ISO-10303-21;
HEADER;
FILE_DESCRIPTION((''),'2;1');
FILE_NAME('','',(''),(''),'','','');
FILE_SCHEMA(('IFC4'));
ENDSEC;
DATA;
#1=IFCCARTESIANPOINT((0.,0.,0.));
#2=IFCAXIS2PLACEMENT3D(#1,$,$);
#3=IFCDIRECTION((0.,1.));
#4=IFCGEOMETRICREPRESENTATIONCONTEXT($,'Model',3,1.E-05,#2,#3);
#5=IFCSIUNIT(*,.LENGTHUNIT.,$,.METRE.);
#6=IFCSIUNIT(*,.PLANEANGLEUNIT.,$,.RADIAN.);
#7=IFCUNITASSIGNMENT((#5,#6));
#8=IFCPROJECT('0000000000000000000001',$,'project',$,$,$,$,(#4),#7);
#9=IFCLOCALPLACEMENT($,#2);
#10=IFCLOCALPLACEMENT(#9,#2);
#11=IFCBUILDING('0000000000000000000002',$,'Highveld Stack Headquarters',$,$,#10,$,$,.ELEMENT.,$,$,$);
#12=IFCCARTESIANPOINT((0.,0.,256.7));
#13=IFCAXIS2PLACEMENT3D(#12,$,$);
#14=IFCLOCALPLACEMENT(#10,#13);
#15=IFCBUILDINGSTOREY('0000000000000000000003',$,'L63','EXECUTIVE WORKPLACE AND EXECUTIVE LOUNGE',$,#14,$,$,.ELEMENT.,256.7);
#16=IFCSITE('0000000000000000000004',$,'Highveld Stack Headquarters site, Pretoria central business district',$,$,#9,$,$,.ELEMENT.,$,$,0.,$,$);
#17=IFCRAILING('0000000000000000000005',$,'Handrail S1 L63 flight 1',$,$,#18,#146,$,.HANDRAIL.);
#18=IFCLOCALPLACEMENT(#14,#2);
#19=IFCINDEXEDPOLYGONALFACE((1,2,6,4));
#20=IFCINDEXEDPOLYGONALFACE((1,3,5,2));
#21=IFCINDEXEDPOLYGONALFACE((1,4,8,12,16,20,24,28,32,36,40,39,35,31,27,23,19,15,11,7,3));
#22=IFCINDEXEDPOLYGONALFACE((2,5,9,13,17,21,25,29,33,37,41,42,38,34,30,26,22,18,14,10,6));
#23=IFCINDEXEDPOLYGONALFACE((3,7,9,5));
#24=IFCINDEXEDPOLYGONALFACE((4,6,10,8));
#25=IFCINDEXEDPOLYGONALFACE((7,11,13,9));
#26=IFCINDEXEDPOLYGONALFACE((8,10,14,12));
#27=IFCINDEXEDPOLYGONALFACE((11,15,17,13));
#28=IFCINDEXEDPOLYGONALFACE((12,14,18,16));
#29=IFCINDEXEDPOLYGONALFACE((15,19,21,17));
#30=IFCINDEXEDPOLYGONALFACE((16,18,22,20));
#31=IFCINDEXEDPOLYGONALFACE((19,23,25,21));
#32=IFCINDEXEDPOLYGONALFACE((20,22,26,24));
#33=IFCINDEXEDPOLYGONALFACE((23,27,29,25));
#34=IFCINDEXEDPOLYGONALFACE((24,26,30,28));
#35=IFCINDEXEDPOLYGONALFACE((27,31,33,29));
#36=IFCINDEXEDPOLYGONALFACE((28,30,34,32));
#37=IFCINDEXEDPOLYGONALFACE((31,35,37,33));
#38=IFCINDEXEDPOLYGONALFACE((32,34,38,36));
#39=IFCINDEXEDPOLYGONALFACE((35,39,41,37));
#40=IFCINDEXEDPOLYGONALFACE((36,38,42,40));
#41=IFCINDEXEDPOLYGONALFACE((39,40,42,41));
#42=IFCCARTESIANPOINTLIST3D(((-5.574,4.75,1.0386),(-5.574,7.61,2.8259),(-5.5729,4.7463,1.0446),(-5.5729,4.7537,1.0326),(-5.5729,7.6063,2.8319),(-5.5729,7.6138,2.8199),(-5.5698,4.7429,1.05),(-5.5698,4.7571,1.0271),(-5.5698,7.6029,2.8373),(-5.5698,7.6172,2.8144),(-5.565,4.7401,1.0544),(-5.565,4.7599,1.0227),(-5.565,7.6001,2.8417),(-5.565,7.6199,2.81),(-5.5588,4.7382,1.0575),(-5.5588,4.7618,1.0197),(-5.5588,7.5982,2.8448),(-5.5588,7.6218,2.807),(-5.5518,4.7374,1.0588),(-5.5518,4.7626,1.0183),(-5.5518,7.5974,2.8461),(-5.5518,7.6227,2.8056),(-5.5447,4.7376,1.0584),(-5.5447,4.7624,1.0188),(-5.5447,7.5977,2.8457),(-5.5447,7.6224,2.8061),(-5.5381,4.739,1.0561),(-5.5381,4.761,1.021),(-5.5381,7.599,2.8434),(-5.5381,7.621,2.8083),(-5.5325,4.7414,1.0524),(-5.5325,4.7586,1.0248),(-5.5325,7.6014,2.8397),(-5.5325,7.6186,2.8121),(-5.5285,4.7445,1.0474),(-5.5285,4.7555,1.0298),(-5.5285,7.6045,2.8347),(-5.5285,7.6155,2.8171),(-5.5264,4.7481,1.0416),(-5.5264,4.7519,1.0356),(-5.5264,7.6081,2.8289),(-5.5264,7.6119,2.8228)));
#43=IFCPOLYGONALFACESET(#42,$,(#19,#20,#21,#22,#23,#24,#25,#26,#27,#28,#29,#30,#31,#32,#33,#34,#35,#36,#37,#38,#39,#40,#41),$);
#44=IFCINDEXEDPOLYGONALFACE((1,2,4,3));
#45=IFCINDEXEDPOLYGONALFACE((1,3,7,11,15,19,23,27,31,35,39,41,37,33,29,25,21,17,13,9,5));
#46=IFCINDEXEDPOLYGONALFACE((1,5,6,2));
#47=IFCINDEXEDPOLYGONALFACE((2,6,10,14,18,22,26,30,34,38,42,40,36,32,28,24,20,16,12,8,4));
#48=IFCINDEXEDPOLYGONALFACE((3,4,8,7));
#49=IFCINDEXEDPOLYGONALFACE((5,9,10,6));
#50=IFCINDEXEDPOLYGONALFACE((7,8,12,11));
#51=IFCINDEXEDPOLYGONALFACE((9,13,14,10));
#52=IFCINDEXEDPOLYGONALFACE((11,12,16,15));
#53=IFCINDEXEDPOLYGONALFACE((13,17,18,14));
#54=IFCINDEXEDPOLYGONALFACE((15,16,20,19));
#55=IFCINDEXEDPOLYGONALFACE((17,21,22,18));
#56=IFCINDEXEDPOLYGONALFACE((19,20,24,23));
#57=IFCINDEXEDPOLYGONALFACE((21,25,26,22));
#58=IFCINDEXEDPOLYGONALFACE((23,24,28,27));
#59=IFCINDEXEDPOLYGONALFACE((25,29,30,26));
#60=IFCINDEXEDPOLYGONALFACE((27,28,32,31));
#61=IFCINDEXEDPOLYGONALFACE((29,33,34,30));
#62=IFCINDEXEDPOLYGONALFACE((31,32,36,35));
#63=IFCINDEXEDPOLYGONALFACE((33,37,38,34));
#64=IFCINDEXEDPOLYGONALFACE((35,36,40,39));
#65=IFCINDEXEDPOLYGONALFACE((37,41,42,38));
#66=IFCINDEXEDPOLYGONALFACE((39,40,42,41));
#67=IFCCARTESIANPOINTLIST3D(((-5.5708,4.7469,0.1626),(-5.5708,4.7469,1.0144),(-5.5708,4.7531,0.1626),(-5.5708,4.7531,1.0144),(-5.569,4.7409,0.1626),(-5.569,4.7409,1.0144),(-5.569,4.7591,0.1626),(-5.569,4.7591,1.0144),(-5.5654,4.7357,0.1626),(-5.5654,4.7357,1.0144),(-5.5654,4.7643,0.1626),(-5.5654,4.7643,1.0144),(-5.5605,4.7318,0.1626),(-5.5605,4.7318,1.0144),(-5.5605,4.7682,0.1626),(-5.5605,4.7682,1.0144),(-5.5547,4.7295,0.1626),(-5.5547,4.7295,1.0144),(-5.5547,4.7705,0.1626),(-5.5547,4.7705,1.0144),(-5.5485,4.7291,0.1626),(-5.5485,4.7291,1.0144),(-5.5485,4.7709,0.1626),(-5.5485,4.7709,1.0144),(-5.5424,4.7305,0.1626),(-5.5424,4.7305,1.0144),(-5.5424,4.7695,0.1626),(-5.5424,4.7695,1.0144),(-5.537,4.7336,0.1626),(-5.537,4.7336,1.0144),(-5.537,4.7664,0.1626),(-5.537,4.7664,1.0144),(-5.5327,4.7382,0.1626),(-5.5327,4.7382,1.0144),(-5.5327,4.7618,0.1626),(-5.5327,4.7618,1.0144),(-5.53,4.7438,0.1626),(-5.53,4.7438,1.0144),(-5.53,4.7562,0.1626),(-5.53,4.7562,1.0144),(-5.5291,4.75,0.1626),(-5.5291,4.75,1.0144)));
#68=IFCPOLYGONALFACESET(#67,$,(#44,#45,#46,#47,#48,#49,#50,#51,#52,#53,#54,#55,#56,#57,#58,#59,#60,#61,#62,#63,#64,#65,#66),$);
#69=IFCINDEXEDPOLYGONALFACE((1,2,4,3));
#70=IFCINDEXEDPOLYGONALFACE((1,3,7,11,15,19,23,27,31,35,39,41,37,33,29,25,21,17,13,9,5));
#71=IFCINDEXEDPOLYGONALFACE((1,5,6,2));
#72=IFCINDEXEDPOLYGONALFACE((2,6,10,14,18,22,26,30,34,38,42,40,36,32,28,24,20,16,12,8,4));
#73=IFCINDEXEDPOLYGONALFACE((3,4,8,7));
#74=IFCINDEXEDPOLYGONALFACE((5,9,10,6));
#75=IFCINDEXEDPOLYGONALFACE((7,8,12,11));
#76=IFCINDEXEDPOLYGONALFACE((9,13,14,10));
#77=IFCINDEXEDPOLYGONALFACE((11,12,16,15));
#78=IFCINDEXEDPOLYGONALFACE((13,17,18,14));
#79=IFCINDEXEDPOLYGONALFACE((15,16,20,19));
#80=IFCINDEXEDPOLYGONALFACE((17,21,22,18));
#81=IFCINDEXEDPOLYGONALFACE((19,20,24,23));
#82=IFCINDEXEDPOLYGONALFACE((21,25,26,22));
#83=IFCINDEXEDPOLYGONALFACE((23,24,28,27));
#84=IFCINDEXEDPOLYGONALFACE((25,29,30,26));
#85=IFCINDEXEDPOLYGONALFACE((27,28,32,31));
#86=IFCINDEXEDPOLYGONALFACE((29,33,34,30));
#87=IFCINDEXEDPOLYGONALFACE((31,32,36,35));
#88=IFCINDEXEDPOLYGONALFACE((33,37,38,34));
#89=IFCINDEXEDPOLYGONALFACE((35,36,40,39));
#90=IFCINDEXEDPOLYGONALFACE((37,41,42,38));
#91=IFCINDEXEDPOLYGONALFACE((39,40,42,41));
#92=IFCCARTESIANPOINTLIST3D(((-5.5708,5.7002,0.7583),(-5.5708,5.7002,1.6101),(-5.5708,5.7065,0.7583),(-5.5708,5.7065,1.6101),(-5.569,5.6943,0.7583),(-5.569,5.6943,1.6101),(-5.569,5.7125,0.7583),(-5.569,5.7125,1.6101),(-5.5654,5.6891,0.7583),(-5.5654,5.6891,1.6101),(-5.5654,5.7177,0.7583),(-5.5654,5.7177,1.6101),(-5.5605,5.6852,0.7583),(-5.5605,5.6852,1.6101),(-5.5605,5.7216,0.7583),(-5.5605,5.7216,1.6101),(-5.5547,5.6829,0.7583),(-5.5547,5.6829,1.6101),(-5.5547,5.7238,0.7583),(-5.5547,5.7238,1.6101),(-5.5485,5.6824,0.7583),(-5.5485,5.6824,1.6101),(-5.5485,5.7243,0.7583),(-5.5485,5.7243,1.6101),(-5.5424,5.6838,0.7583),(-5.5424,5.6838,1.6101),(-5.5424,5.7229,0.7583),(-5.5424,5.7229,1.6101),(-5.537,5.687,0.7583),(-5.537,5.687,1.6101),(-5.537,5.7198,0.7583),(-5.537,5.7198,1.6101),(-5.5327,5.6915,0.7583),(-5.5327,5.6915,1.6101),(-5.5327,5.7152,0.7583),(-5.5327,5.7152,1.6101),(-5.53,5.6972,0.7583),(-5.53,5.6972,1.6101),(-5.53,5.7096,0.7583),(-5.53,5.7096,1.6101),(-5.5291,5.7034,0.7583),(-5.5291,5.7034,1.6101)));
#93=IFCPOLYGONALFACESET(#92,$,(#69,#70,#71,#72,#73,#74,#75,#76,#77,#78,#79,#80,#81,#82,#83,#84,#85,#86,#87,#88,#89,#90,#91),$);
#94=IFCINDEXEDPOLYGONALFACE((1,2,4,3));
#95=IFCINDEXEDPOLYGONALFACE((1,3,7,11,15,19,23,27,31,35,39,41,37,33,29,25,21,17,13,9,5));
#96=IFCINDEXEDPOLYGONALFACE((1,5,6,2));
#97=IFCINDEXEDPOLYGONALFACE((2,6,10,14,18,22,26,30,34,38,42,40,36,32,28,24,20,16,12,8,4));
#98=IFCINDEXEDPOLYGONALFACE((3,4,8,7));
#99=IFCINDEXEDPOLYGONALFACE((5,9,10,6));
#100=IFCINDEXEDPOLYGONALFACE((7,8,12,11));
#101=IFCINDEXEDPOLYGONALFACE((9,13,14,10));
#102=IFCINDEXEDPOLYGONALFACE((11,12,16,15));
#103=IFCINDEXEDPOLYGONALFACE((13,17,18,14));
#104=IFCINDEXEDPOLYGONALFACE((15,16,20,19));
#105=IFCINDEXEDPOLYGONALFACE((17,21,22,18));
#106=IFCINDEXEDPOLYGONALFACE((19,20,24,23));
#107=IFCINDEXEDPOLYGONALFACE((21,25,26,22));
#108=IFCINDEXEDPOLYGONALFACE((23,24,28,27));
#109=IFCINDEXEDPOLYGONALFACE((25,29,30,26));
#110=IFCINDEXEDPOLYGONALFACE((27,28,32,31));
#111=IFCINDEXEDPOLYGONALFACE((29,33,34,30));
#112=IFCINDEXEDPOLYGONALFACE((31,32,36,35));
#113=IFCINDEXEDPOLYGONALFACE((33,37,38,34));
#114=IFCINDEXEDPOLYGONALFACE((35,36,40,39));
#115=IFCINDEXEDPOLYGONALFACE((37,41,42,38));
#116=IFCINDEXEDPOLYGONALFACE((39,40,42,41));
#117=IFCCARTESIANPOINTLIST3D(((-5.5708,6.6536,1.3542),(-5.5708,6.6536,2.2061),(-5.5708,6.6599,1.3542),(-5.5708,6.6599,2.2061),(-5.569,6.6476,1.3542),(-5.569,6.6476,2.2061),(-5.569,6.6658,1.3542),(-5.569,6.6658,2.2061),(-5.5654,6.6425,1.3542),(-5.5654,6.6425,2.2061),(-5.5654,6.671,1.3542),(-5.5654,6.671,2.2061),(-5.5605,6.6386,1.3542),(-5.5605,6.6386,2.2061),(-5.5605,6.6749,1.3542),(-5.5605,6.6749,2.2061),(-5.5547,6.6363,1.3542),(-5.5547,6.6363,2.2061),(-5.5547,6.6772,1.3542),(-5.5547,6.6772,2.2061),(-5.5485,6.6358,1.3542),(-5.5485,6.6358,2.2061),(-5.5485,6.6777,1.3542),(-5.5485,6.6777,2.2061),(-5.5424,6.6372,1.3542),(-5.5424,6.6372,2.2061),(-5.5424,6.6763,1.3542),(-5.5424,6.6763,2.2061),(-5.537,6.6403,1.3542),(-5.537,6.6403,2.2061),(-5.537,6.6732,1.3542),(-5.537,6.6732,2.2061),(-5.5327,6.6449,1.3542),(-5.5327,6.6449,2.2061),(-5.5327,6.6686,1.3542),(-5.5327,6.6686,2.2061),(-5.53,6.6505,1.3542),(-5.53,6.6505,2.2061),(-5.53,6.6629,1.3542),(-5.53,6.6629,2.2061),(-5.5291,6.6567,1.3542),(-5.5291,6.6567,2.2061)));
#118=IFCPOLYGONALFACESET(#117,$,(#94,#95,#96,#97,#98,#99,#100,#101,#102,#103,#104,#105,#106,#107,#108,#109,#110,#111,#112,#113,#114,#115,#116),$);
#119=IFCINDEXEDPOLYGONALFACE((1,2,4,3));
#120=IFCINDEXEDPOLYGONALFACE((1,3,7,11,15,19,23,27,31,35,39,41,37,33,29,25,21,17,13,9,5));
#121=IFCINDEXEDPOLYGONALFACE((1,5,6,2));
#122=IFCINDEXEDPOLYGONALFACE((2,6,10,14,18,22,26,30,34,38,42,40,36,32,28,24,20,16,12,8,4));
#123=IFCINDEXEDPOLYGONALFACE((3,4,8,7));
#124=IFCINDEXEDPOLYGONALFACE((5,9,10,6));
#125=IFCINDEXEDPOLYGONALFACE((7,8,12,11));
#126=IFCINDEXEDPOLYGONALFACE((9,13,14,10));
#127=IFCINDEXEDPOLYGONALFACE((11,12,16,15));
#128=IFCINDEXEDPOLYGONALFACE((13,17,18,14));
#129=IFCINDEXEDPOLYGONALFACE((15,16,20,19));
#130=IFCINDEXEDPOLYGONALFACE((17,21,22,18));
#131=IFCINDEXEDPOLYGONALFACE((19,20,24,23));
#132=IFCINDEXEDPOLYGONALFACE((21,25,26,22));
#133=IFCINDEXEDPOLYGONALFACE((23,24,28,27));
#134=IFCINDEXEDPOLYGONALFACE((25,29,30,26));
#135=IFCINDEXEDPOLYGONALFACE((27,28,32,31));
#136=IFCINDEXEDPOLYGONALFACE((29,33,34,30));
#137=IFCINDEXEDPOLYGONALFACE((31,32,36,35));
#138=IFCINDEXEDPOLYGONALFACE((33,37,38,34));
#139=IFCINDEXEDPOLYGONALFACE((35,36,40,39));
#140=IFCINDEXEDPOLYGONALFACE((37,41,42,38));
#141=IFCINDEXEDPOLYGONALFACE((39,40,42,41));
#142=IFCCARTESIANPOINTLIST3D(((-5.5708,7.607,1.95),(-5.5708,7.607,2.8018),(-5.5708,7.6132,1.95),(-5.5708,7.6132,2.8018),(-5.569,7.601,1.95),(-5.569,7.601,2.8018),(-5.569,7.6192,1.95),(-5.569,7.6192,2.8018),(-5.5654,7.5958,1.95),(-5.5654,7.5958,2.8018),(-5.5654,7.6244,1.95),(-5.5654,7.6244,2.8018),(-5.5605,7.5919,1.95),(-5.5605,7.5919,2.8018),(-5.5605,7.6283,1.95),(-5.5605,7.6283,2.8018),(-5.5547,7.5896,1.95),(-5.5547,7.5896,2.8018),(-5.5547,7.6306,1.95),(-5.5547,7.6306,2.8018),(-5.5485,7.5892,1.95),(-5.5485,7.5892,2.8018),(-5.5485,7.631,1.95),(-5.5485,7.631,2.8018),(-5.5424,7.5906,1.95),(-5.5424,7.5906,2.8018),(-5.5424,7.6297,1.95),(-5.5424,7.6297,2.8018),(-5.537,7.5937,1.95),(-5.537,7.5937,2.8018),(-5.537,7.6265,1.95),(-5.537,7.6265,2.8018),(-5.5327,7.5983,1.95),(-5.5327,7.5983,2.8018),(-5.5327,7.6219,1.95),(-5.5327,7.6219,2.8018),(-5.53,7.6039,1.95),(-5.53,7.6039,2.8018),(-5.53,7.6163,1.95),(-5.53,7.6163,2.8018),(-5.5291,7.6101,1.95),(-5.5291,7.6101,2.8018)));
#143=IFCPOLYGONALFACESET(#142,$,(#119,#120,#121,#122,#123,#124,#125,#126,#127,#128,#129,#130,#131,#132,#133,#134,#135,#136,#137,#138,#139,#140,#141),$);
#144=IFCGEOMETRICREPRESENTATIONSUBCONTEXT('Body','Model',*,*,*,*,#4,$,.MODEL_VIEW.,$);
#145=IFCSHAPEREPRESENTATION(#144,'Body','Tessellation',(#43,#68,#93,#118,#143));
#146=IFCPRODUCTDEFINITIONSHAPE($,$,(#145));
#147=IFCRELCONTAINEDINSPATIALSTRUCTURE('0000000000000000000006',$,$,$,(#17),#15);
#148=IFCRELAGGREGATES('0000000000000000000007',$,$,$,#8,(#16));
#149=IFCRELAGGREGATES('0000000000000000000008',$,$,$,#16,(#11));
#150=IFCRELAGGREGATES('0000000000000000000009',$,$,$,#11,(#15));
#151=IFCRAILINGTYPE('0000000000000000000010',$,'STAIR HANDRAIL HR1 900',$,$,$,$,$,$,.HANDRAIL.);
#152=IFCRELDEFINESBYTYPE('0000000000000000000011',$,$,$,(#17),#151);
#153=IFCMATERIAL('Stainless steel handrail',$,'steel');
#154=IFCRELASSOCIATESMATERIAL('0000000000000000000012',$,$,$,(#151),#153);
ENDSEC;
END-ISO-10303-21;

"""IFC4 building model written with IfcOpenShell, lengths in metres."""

from ifc_helpers import new_model, si_unit, direction, frame, origin, origin_2d, place, context, subcontext, project, spatial, circle, extrude, material, type_object, element, save


model = new_model("IFC4")

# Units and contexts
model_context = context("Model", 3, precision=1e-05, world=origin(), true_north=direction((0.0, 1.0)))
body_context = subcontext(model_context, "Body", "Model", "MODEL_VIEW")
ifc_project = project(units=[si_unit("LENGTHUNIT", "METRE"), si_unit("PLANEANGLEUNIT", "RADIAN")], contexts=[model_context])

# Site, building, storey
site_placement = place(None, origin())
site = spatial("IfcSite", under=ifc_project, at=site_placement, Name="Highveld Stack Headquarters site, Pretoria central business district", CompositionType="ELEMENT", RefElevation=0.0)
building_placement = place(site_placement, origin())
building = spatial("IfcBuilding", under=site, at=building_placement, Name="Highveld Stack Headquarters", CompositionType="ELEMENT")
storey_placement = place(building_placement, frame((0.0, 0.0, 256.7)))
storey = spatial("IfcBuildingStorey", under=building, at=storey_placement, Name="L63", Description="EXECUTIVE WORKPLACE AND EXECUTIVE LOUNGE", CompositionType="ELEMENT", Elevation=256.7)

# Railing
ifc_material_1 = material(Name="Stainless steel handrail", Category="steel")
railing_type = type_object("IfcRailingType", Name="STAIR HANDRAIL HR1 900", PredefinedType="HANDRAIL", material=ifc_material_1)
for number, where, name in (
    (1, (-5.55, 4.75, 0.1626), "Handrail S1 L63 flight 1"),
):
    element("IfcRailing", number, at=place(storey_placement, frame(where)), inside=storey, type_object=railing_type, Name=name, PredefinedType="HANDRAIL", context=body_context, shape_type="SweptSolid", body=[
        extrude(circle(Radius=0.0239, at=origin_2d()), frame((0.0, 0.0, 0.876), z_axis=(0.0, 0.848027, 0.529953), x_axis=(-1.0, 0.0, 0.0)), (0.0, 0.0, 1.0), 3.3726),
        extrude(circle(Radius=0.021, at=origin_2d()), origin(), (0.0, 0.0, 1.0), 0.8518),
        extrude(circle(Radius=0.021, at=origin_2d()), frame((0.0, 0.9534, 0.5957)), (0.0, 0.0, 1.0), 0.8518),
        extrude(circle(Radius=0.021, at=origin_2d()), frame((0.0, 1.9067, 1.1917)), (0.0, 0.0, 1.0), 0.8518),
        extrude(circle(Radius=0.021, at=origin_2d()), frame((0.0, 2.8601, 1.7874)), (0.0, 0.0, 1.0), 0.8518),
    ])

save(model, "model.ifc")
